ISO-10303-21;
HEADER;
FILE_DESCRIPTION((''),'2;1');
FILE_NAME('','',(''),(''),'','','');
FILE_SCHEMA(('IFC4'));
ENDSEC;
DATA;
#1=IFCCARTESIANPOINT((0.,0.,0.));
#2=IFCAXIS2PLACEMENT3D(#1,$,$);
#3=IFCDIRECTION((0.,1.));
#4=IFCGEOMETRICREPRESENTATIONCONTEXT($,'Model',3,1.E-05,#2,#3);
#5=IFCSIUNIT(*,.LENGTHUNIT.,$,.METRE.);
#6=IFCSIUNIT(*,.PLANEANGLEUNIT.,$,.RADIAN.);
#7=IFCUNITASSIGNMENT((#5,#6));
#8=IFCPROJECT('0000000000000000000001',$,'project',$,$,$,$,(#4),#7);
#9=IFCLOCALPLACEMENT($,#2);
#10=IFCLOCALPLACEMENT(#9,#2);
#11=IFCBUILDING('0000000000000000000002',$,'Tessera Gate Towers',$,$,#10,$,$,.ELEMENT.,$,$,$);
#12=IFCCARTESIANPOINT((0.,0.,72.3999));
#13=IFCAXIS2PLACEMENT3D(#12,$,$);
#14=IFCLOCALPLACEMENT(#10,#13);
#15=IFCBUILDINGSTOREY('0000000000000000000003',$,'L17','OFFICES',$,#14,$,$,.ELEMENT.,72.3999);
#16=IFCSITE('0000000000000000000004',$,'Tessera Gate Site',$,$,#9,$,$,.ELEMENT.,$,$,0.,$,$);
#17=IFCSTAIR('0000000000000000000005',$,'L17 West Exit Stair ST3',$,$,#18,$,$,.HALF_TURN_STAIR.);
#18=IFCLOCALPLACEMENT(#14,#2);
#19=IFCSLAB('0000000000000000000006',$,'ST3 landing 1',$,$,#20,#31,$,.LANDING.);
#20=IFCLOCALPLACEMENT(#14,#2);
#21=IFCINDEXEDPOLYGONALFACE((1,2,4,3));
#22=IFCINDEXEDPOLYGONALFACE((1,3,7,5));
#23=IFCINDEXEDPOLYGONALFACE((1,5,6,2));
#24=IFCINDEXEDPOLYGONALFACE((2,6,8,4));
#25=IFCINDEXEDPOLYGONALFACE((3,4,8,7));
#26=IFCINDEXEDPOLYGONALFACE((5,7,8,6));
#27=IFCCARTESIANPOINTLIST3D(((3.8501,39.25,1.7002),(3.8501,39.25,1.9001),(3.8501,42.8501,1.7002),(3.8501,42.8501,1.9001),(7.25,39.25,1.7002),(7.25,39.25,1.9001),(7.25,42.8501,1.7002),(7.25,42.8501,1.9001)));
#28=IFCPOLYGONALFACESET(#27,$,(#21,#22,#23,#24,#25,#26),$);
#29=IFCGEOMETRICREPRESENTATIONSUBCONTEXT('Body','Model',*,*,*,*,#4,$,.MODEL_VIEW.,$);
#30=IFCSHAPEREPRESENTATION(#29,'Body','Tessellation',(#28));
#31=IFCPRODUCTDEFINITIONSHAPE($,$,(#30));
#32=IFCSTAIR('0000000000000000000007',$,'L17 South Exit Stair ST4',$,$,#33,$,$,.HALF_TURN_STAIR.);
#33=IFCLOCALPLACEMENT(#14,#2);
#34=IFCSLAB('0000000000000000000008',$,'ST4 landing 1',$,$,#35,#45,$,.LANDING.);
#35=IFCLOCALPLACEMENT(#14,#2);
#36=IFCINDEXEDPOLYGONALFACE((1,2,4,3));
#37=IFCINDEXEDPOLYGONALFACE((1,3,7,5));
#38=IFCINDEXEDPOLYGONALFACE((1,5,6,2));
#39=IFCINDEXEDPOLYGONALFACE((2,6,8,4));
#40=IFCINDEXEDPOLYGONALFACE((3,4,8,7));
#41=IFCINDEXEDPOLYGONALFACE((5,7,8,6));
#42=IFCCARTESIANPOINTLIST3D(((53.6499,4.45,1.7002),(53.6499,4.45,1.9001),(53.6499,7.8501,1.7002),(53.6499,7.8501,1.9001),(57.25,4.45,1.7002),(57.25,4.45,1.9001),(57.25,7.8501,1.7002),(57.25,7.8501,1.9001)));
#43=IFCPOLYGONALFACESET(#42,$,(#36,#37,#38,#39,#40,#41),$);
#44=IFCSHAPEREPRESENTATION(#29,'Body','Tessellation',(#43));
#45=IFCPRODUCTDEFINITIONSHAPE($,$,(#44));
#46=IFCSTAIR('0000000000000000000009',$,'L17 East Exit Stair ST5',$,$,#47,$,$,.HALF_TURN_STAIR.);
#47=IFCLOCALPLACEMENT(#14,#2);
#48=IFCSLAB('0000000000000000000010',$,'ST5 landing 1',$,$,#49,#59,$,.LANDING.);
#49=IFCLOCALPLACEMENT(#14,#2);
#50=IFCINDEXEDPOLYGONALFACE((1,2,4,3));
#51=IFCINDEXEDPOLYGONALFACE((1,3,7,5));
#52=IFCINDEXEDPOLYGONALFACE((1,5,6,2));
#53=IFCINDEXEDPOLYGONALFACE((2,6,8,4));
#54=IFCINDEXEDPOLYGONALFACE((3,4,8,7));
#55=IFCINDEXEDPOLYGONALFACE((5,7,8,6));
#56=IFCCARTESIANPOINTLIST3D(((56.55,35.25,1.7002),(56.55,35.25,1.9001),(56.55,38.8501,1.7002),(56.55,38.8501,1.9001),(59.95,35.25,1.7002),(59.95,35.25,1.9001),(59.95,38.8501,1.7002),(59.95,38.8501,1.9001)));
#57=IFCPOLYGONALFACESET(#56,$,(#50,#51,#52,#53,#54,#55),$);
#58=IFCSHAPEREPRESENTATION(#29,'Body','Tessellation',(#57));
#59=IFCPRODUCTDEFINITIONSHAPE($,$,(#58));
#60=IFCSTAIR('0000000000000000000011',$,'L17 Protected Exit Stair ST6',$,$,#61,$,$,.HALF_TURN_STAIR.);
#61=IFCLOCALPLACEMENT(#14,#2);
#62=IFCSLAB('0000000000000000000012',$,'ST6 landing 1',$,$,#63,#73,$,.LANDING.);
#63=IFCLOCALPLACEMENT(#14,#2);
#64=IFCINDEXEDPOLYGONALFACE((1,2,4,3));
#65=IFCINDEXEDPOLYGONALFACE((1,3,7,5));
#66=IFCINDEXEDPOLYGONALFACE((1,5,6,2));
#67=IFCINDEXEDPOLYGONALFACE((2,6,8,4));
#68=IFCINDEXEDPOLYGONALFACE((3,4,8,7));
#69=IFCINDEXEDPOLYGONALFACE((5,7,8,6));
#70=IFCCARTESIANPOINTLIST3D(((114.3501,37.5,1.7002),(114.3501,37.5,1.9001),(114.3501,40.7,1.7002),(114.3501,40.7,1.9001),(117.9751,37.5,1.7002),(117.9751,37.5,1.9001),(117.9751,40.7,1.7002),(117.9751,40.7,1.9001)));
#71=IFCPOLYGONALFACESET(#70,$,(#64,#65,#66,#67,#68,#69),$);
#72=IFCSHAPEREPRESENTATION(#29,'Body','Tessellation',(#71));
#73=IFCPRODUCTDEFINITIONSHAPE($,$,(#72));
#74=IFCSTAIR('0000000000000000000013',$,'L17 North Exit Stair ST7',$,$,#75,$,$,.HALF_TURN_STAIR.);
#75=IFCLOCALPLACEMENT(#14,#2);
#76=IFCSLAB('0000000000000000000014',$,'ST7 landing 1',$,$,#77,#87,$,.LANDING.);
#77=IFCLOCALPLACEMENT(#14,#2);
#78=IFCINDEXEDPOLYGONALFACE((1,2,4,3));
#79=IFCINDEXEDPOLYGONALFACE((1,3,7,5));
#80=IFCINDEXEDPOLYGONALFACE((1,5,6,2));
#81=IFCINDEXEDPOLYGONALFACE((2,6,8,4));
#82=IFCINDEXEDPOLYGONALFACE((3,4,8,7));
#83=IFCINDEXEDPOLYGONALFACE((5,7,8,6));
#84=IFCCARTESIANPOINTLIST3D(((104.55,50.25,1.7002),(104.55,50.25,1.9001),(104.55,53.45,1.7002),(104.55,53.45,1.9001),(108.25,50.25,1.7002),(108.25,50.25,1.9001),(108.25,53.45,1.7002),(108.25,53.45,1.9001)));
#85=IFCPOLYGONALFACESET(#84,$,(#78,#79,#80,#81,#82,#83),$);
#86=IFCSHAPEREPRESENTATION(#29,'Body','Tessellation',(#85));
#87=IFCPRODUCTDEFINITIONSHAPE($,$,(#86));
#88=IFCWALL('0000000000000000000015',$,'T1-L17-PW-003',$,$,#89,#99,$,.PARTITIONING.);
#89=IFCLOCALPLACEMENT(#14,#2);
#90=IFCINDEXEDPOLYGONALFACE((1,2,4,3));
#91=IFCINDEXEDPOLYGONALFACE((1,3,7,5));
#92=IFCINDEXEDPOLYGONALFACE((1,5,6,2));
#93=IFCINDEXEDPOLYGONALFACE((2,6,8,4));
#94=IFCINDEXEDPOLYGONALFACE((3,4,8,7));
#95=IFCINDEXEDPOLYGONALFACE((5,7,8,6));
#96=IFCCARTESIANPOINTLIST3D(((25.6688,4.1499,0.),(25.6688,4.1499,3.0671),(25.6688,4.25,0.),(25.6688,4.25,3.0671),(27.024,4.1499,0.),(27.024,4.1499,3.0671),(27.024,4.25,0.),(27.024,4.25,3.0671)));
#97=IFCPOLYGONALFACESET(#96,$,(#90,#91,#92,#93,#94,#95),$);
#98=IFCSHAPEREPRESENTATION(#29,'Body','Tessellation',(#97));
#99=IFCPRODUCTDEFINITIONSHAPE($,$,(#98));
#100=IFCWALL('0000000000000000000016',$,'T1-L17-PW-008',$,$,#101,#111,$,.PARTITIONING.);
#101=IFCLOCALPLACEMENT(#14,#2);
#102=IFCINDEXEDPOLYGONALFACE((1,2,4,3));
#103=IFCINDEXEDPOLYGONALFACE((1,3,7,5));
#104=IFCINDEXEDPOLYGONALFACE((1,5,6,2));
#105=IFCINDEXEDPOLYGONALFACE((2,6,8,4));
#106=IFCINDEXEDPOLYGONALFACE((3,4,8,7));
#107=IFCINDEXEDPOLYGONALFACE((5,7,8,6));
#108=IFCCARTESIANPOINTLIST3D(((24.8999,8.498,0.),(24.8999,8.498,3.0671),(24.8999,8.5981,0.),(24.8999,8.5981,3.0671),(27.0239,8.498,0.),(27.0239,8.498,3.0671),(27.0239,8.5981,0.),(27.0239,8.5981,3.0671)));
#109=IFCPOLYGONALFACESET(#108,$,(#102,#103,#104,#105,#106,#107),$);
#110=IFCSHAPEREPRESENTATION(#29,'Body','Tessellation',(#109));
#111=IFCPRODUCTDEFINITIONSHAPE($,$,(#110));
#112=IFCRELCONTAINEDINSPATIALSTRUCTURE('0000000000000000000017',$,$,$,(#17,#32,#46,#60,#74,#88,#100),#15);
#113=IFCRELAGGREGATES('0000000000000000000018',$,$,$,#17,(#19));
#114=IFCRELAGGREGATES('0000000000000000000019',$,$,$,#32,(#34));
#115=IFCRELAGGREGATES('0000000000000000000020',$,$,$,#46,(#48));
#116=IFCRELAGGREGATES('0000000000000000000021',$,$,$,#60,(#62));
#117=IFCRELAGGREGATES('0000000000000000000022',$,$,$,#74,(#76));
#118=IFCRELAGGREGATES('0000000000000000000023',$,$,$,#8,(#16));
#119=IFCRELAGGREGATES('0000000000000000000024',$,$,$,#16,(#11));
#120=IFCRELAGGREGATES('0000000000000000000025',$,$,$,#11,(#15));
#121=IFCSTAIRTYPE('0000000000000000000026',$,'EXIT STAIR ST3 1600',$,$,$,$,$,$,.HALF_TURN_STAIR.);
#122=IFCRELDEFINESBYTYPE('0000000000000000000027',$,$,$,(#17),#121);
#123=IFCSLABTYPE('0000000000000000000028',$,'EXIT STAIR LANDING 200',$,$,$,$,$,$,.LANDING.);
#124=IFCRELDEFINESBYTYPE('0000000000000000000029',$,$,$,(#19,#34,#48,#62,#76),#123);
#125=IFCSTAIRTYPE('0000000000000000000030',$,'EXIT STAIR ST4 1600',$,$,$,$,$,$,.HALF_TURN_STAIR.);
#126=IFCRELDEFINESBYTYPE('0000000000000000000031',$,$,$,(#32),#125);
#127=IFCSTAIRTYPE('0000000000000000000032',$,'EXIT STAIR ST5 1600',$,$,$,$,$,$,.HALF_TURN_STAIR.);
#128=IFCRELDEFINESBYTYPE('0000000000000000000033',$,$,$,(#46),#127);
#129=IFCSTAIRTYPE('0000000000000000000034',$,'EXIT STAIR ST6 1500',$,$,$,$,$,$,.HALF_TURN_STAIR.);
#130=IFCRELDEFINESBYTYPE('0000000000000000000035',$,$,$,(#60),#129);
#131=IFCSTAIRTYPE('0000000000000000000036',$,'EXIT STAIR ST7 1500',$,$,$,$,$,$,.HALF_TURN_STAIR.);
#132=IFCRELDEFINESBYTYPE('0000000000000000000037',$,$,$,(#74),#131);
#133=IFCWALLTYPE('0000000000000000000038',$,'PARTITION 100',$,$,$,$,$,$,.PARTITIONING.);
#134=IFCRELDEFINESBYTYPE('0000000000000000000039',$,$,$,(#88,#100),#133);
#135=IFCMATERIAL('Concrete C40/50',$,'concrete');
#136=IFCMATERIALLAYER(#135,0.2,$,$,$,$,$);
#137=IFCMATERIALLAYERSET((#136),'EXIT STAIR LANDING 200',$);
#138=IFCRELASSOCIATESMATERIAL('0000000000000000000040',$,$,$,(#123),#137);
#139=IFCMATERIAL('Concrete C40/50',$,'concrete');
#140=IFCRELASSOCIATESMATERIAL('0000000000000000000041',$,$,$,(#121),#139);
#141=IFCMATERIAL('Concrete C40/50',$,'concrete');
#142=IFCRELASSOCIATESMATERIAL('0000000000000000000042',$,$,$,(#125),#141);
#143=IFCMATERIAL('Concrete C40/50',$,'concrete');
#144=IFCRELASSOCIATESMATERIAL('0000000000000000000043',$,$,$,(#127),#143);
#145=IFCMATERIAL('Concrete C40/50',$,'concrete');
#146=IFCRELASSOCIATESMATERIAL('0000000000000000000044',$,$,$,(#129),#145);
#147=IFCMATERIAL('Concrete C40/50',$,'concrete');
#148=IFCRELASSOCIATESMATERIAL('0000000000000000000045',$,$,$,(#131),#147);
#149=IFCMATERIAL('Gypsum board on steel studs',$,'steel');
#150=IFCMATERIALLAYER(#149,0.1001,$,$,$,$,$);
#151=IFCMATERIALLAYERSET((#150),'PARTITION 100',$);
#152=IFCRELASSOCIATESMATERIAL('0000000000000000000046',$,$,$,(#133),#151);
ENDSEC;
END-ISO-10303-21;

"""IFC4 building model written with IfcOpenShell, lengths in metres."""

from ifc_helpers import new_model, si_unit, direction, frame, frame_2d, origin, place, context, subcontext, project, spatial, polyline, rectangle, outline, extrude, material, layer, layer_set, type_object, element, aggregate, save


model = new_model("IFC4")

# Units and contexts
model_context = context("Model", 3, precision=1e-05, world=origin(), true_north=direction((0.0, 1.0)))
body_context = subcontext(model_context, "Body", "Model", "MODEL_VIEW")
ifc_project = project(units=[si_unit("LENGTHUNIT", "METRE"), si_unit("PLANEANGLEUNIT", "RADIAN")], contexts=[model_context])

# Site, building, storey
site_placement = place(None, origin())
site = spatial("IfcSite", under=ifc_project, at=site_placement, Name="Tessera Gate Site", CompositionType="ELEMENT", RefElevation=0.0)
building_placement = place(site_placement, origin())
building = spatial("IfcBuilding", under=site, at=building_placement, Name="Tessera Gate Towers", CompositionType="ELEMENT")
storey_placement = place(building_placement, frame((0.0, 0.0, 72.3999)))
storey = spatial("IfcBuildingStorey", under=building, at=storey_placement, Name="L17", Description="OFFICES", CompositionType="ELEMENT", Elevation=72.3999)

# Stairs, slabs
ifc_material_1 = material(Name="Concrete C40/50", Category="concrete")
ifc_layer_1 = layer(ifc_material_1, 0.2)
ifc_layer_set_1 = layer_set([ifc_layer_1], Name="EXIT STAIR LANDING 200")
slab_type_1 = type_object("IfcSlabType", Name="EXIT STAIR LANDING 200", PredefinedType="LANDING", material=ifc_layer_set_1)
ifc_material_2 = material(Name="Concrete C40/50", Category="concrete")
stair_type_1 = type_object("IfcStairType", Name="EXIT STAIR ST3 1600", PredefinedType="HALF_TURN_STAIR", material=ifc_material_2)
stair_1_placement = place(storey_placement, origin())
stair_1 = element("IfcStair", 1, at=stair_1_placement, inside=storey, type_object=stair_type_1, Name="L17 West Exit Stair ST3", PredefinedType="HALF_TURN_STAIR")
slab_1_placement = place(storey_placement, frame((0.0, 0.0, 1.7002)))
slab_1 = element("IfcSlab", 2, at=slab_1_placement, type_object=slab_type_1, Name="ST3 landing 1", PredefinedType="LANDING", context=body_context, shape_type="SweptSolid", body=[
    extrude(outline(polyline([(3.8501, 42.8501), (3.8501, 39.25), (7.25, 39.25), (7.25, 42.8501), (3.8501, 42.8501)])), origin(), (0.0, 0.0, 1.0), 0.2),
])
aggregate(stair_1, [slab_1])
ifc_material_3 = material(Name="Concrete C40/50", Category="concrete")
stair_type_2 = type_object("IfcStairType", Name="EXIT STAIR ST4 1600", PredefinedType="HALF_TURN_STAIR", material=ifc_material_3)
stair_2_placement = place(storey_placement, origin())
stair_2 = element("IfcStair", 3, at=stair_2_placement, inside=storey, type_object=stair_type_2, Name="L17 South Exit Stair ST4", PredefinedType="HALF_TURN_STAIR")
slab_2_placement = place(storey_placement, frame((0.0, 0.0, 1.7002)))
slab_2 = element("IfcSlab", 4, at=slab_2_placement, type_object=slab_type_1, Name="ST4 landing 1", PredefinedType="LANDING", context=body_context, shape_type="SweptSolid", body=[
    extrude(outline(polyline([(53.6499, 4.45), (57.25, 4.45), (57.25, 7.8501), (53.6499, 7.8501), (53.6499, 4.45)])), origin(), (0.0, 0.0, 1.0), 0.2),
])
aggregate(stair_2, [slab_2])
ifc_material_4 = material(Name="Concrete C40/50", Category="concrete")
stair_type_3 = type_object("IfcStairType", Name="EXIT STAIR ST5 1600", PredefinedType="HALF_TURN_STAIR", material=ifc_material_4)
stair_3_placement = place(storey_placement, origin())
stair_3 = element("IfcStair", 5, at=stair_3_placement, inside=storey, type_object=stair_type_3, Name="L17 East Exit Stair ST5", PredefinedType="HALF_TURN_STAIR")
slab_3_placement = place(storey_placement, frame((0.0, 0.0, 1.7002)))
slab_3 = element("IfcSlab", 6, at=slab_3_placement, type_object=slab_type_1, Name="ST5 landing 1", PredefinedType="LANDING", context=body_context, shape_type="SweptSolid", body=[
    extrude(outline(polyline([(59.95, 35.25), (59.95, 38.8501), (56.55, 38.8501), (56.55, 35.25), (59.95, 35.25)])), origin(), (0.0, 0.0, 1.0), 0.2),
])
aggregate(stair_3, [slab_3])
ifc_material_5 = material(Name="Concrete C40/50", Category="concrete")
stair_type_4 = type_object("IfcStairType", Name="EXIT STAIR ST6 1500", PredefinedType="HALF_TURN_STAIR", material=ifc_material_5)
stair_4_placement = place(storey_placement, origin())
stair_4 = element("IfcStair", 7, at=stair_4_placement, inside=storey, type_object=stair_type_4, Name="L17 Protected Exit Stair ST6", PredefinedType="HALF_TURN_STAIR")
slab_4_placement = place(storey_placement, frame((0.0, 0.0, 1.7002)))
slab_4 = element("IfcSlab", 8, at=slab_4_placement, type_object=slab_type_1, Name="ST6 landing 1", PredefinedType="LANDING", context=body_context, shape_type="SweptSolid", body=[
    extrude(outline(polyline([(114.3501, 37.5), (117.9751, 37.5), (117.9751, 40.7), (114.3501, 40.7), (114.3501, 37.5)])), origin(), (0.0, 0.0, 1.0), 0.2),
])
aggregate(stair_4, [slab_4])
ifc_material_6 = material(Name="Concrete C40/50", Category="concrete")
stair_type_5 = type_object("IfcStairType", Name="EXIT STAIR ST7 1500", PredefinedType="HALF_TURN_STAIR", material=ifc_material_6)
stair_5_placement = place(storey_placement, origin())
stair_5 = element("IfcStair", 9, at=stair_5_placement, inside=storey, type_object=stair_type_5, Name="L17 North Exit Stair ST7", PredefinedType="HALF_TURN_STAIR")
slab_5_placement = place(storey_placement, frame((0.0, 0.0, 1.7002)))
slab_5 = element("IfcSlab", 10, at=slab_5_placement, type_object=slab_type_1, Name="ST7 landing 1", PredefinedType="LANDING", context=body_context, shape_type="SweptSolid", body=[
    extrude(outline(polyline([(104.55, 50.25), (108.25, 50.25), (108.25, 53.45), (104.55, 53.45), (104.55, 50.25)])), origin(), (0.0, 0.0, 1.0), 0.2),
])
aggregate(stair_5, [slab_5])

# Walls
ifc_material_7 = material(Name="Gypsum board on steel studs", Category="steel")
ifc_layer_2 = layer(ifc_material_7, 0.1001)
ifc_layer_set_2 = layer_set([ifc_layer_2], Name="PARTITION 100")
wall_type = type_object("IfcWallType", Name="PARTITION 100", PredefinedType="PARTITIONING", material=ifc_layer_set_2)
wall_1_placement = place(storey_placement, frame((25.6687, 4.2, 0.0), z_axis=(0.0, 0.0, 1.0), x_axis=(1.0, 0.0, 0.0)))
element("IfcWall", 11, at=wall_1_placement, inside=storey, type_object=wall_type, Name="T1-L17-PW-003", PredefinedType="PARTITIONING", context=body_context, shape_type="SweptSolid", body=[
    extrude(rectangle(XDim=1.3552, YDim=0.1001, at=frame_2d((0.6777, 0.0))), origin(), (0.0, 0.0, 1.0), 3.0671),
])
wall_2_placement = place(storey_placement, frame((24.8999, 8.5481, 0.0), z_axis=(0.0, 0.0, 1.0), x_axis=(1.0, 0.0, 0.0)))
element("IfcWall", 12, at=wall_2_placement, inside=storey, type_object=wall_type, Name="T1-L17-PW-008", PredefinedType="PARTITIONING", context=body_context, shape_type="SweptSolid", body=[
    extrude(rectangle(XDim=2.124, YDim=0.1001, at=frame_2d((1.062, 0.0))), origin(), (0.0, 0.0, 1.0), 3.0671),
])

save(model, "model.ifc")
